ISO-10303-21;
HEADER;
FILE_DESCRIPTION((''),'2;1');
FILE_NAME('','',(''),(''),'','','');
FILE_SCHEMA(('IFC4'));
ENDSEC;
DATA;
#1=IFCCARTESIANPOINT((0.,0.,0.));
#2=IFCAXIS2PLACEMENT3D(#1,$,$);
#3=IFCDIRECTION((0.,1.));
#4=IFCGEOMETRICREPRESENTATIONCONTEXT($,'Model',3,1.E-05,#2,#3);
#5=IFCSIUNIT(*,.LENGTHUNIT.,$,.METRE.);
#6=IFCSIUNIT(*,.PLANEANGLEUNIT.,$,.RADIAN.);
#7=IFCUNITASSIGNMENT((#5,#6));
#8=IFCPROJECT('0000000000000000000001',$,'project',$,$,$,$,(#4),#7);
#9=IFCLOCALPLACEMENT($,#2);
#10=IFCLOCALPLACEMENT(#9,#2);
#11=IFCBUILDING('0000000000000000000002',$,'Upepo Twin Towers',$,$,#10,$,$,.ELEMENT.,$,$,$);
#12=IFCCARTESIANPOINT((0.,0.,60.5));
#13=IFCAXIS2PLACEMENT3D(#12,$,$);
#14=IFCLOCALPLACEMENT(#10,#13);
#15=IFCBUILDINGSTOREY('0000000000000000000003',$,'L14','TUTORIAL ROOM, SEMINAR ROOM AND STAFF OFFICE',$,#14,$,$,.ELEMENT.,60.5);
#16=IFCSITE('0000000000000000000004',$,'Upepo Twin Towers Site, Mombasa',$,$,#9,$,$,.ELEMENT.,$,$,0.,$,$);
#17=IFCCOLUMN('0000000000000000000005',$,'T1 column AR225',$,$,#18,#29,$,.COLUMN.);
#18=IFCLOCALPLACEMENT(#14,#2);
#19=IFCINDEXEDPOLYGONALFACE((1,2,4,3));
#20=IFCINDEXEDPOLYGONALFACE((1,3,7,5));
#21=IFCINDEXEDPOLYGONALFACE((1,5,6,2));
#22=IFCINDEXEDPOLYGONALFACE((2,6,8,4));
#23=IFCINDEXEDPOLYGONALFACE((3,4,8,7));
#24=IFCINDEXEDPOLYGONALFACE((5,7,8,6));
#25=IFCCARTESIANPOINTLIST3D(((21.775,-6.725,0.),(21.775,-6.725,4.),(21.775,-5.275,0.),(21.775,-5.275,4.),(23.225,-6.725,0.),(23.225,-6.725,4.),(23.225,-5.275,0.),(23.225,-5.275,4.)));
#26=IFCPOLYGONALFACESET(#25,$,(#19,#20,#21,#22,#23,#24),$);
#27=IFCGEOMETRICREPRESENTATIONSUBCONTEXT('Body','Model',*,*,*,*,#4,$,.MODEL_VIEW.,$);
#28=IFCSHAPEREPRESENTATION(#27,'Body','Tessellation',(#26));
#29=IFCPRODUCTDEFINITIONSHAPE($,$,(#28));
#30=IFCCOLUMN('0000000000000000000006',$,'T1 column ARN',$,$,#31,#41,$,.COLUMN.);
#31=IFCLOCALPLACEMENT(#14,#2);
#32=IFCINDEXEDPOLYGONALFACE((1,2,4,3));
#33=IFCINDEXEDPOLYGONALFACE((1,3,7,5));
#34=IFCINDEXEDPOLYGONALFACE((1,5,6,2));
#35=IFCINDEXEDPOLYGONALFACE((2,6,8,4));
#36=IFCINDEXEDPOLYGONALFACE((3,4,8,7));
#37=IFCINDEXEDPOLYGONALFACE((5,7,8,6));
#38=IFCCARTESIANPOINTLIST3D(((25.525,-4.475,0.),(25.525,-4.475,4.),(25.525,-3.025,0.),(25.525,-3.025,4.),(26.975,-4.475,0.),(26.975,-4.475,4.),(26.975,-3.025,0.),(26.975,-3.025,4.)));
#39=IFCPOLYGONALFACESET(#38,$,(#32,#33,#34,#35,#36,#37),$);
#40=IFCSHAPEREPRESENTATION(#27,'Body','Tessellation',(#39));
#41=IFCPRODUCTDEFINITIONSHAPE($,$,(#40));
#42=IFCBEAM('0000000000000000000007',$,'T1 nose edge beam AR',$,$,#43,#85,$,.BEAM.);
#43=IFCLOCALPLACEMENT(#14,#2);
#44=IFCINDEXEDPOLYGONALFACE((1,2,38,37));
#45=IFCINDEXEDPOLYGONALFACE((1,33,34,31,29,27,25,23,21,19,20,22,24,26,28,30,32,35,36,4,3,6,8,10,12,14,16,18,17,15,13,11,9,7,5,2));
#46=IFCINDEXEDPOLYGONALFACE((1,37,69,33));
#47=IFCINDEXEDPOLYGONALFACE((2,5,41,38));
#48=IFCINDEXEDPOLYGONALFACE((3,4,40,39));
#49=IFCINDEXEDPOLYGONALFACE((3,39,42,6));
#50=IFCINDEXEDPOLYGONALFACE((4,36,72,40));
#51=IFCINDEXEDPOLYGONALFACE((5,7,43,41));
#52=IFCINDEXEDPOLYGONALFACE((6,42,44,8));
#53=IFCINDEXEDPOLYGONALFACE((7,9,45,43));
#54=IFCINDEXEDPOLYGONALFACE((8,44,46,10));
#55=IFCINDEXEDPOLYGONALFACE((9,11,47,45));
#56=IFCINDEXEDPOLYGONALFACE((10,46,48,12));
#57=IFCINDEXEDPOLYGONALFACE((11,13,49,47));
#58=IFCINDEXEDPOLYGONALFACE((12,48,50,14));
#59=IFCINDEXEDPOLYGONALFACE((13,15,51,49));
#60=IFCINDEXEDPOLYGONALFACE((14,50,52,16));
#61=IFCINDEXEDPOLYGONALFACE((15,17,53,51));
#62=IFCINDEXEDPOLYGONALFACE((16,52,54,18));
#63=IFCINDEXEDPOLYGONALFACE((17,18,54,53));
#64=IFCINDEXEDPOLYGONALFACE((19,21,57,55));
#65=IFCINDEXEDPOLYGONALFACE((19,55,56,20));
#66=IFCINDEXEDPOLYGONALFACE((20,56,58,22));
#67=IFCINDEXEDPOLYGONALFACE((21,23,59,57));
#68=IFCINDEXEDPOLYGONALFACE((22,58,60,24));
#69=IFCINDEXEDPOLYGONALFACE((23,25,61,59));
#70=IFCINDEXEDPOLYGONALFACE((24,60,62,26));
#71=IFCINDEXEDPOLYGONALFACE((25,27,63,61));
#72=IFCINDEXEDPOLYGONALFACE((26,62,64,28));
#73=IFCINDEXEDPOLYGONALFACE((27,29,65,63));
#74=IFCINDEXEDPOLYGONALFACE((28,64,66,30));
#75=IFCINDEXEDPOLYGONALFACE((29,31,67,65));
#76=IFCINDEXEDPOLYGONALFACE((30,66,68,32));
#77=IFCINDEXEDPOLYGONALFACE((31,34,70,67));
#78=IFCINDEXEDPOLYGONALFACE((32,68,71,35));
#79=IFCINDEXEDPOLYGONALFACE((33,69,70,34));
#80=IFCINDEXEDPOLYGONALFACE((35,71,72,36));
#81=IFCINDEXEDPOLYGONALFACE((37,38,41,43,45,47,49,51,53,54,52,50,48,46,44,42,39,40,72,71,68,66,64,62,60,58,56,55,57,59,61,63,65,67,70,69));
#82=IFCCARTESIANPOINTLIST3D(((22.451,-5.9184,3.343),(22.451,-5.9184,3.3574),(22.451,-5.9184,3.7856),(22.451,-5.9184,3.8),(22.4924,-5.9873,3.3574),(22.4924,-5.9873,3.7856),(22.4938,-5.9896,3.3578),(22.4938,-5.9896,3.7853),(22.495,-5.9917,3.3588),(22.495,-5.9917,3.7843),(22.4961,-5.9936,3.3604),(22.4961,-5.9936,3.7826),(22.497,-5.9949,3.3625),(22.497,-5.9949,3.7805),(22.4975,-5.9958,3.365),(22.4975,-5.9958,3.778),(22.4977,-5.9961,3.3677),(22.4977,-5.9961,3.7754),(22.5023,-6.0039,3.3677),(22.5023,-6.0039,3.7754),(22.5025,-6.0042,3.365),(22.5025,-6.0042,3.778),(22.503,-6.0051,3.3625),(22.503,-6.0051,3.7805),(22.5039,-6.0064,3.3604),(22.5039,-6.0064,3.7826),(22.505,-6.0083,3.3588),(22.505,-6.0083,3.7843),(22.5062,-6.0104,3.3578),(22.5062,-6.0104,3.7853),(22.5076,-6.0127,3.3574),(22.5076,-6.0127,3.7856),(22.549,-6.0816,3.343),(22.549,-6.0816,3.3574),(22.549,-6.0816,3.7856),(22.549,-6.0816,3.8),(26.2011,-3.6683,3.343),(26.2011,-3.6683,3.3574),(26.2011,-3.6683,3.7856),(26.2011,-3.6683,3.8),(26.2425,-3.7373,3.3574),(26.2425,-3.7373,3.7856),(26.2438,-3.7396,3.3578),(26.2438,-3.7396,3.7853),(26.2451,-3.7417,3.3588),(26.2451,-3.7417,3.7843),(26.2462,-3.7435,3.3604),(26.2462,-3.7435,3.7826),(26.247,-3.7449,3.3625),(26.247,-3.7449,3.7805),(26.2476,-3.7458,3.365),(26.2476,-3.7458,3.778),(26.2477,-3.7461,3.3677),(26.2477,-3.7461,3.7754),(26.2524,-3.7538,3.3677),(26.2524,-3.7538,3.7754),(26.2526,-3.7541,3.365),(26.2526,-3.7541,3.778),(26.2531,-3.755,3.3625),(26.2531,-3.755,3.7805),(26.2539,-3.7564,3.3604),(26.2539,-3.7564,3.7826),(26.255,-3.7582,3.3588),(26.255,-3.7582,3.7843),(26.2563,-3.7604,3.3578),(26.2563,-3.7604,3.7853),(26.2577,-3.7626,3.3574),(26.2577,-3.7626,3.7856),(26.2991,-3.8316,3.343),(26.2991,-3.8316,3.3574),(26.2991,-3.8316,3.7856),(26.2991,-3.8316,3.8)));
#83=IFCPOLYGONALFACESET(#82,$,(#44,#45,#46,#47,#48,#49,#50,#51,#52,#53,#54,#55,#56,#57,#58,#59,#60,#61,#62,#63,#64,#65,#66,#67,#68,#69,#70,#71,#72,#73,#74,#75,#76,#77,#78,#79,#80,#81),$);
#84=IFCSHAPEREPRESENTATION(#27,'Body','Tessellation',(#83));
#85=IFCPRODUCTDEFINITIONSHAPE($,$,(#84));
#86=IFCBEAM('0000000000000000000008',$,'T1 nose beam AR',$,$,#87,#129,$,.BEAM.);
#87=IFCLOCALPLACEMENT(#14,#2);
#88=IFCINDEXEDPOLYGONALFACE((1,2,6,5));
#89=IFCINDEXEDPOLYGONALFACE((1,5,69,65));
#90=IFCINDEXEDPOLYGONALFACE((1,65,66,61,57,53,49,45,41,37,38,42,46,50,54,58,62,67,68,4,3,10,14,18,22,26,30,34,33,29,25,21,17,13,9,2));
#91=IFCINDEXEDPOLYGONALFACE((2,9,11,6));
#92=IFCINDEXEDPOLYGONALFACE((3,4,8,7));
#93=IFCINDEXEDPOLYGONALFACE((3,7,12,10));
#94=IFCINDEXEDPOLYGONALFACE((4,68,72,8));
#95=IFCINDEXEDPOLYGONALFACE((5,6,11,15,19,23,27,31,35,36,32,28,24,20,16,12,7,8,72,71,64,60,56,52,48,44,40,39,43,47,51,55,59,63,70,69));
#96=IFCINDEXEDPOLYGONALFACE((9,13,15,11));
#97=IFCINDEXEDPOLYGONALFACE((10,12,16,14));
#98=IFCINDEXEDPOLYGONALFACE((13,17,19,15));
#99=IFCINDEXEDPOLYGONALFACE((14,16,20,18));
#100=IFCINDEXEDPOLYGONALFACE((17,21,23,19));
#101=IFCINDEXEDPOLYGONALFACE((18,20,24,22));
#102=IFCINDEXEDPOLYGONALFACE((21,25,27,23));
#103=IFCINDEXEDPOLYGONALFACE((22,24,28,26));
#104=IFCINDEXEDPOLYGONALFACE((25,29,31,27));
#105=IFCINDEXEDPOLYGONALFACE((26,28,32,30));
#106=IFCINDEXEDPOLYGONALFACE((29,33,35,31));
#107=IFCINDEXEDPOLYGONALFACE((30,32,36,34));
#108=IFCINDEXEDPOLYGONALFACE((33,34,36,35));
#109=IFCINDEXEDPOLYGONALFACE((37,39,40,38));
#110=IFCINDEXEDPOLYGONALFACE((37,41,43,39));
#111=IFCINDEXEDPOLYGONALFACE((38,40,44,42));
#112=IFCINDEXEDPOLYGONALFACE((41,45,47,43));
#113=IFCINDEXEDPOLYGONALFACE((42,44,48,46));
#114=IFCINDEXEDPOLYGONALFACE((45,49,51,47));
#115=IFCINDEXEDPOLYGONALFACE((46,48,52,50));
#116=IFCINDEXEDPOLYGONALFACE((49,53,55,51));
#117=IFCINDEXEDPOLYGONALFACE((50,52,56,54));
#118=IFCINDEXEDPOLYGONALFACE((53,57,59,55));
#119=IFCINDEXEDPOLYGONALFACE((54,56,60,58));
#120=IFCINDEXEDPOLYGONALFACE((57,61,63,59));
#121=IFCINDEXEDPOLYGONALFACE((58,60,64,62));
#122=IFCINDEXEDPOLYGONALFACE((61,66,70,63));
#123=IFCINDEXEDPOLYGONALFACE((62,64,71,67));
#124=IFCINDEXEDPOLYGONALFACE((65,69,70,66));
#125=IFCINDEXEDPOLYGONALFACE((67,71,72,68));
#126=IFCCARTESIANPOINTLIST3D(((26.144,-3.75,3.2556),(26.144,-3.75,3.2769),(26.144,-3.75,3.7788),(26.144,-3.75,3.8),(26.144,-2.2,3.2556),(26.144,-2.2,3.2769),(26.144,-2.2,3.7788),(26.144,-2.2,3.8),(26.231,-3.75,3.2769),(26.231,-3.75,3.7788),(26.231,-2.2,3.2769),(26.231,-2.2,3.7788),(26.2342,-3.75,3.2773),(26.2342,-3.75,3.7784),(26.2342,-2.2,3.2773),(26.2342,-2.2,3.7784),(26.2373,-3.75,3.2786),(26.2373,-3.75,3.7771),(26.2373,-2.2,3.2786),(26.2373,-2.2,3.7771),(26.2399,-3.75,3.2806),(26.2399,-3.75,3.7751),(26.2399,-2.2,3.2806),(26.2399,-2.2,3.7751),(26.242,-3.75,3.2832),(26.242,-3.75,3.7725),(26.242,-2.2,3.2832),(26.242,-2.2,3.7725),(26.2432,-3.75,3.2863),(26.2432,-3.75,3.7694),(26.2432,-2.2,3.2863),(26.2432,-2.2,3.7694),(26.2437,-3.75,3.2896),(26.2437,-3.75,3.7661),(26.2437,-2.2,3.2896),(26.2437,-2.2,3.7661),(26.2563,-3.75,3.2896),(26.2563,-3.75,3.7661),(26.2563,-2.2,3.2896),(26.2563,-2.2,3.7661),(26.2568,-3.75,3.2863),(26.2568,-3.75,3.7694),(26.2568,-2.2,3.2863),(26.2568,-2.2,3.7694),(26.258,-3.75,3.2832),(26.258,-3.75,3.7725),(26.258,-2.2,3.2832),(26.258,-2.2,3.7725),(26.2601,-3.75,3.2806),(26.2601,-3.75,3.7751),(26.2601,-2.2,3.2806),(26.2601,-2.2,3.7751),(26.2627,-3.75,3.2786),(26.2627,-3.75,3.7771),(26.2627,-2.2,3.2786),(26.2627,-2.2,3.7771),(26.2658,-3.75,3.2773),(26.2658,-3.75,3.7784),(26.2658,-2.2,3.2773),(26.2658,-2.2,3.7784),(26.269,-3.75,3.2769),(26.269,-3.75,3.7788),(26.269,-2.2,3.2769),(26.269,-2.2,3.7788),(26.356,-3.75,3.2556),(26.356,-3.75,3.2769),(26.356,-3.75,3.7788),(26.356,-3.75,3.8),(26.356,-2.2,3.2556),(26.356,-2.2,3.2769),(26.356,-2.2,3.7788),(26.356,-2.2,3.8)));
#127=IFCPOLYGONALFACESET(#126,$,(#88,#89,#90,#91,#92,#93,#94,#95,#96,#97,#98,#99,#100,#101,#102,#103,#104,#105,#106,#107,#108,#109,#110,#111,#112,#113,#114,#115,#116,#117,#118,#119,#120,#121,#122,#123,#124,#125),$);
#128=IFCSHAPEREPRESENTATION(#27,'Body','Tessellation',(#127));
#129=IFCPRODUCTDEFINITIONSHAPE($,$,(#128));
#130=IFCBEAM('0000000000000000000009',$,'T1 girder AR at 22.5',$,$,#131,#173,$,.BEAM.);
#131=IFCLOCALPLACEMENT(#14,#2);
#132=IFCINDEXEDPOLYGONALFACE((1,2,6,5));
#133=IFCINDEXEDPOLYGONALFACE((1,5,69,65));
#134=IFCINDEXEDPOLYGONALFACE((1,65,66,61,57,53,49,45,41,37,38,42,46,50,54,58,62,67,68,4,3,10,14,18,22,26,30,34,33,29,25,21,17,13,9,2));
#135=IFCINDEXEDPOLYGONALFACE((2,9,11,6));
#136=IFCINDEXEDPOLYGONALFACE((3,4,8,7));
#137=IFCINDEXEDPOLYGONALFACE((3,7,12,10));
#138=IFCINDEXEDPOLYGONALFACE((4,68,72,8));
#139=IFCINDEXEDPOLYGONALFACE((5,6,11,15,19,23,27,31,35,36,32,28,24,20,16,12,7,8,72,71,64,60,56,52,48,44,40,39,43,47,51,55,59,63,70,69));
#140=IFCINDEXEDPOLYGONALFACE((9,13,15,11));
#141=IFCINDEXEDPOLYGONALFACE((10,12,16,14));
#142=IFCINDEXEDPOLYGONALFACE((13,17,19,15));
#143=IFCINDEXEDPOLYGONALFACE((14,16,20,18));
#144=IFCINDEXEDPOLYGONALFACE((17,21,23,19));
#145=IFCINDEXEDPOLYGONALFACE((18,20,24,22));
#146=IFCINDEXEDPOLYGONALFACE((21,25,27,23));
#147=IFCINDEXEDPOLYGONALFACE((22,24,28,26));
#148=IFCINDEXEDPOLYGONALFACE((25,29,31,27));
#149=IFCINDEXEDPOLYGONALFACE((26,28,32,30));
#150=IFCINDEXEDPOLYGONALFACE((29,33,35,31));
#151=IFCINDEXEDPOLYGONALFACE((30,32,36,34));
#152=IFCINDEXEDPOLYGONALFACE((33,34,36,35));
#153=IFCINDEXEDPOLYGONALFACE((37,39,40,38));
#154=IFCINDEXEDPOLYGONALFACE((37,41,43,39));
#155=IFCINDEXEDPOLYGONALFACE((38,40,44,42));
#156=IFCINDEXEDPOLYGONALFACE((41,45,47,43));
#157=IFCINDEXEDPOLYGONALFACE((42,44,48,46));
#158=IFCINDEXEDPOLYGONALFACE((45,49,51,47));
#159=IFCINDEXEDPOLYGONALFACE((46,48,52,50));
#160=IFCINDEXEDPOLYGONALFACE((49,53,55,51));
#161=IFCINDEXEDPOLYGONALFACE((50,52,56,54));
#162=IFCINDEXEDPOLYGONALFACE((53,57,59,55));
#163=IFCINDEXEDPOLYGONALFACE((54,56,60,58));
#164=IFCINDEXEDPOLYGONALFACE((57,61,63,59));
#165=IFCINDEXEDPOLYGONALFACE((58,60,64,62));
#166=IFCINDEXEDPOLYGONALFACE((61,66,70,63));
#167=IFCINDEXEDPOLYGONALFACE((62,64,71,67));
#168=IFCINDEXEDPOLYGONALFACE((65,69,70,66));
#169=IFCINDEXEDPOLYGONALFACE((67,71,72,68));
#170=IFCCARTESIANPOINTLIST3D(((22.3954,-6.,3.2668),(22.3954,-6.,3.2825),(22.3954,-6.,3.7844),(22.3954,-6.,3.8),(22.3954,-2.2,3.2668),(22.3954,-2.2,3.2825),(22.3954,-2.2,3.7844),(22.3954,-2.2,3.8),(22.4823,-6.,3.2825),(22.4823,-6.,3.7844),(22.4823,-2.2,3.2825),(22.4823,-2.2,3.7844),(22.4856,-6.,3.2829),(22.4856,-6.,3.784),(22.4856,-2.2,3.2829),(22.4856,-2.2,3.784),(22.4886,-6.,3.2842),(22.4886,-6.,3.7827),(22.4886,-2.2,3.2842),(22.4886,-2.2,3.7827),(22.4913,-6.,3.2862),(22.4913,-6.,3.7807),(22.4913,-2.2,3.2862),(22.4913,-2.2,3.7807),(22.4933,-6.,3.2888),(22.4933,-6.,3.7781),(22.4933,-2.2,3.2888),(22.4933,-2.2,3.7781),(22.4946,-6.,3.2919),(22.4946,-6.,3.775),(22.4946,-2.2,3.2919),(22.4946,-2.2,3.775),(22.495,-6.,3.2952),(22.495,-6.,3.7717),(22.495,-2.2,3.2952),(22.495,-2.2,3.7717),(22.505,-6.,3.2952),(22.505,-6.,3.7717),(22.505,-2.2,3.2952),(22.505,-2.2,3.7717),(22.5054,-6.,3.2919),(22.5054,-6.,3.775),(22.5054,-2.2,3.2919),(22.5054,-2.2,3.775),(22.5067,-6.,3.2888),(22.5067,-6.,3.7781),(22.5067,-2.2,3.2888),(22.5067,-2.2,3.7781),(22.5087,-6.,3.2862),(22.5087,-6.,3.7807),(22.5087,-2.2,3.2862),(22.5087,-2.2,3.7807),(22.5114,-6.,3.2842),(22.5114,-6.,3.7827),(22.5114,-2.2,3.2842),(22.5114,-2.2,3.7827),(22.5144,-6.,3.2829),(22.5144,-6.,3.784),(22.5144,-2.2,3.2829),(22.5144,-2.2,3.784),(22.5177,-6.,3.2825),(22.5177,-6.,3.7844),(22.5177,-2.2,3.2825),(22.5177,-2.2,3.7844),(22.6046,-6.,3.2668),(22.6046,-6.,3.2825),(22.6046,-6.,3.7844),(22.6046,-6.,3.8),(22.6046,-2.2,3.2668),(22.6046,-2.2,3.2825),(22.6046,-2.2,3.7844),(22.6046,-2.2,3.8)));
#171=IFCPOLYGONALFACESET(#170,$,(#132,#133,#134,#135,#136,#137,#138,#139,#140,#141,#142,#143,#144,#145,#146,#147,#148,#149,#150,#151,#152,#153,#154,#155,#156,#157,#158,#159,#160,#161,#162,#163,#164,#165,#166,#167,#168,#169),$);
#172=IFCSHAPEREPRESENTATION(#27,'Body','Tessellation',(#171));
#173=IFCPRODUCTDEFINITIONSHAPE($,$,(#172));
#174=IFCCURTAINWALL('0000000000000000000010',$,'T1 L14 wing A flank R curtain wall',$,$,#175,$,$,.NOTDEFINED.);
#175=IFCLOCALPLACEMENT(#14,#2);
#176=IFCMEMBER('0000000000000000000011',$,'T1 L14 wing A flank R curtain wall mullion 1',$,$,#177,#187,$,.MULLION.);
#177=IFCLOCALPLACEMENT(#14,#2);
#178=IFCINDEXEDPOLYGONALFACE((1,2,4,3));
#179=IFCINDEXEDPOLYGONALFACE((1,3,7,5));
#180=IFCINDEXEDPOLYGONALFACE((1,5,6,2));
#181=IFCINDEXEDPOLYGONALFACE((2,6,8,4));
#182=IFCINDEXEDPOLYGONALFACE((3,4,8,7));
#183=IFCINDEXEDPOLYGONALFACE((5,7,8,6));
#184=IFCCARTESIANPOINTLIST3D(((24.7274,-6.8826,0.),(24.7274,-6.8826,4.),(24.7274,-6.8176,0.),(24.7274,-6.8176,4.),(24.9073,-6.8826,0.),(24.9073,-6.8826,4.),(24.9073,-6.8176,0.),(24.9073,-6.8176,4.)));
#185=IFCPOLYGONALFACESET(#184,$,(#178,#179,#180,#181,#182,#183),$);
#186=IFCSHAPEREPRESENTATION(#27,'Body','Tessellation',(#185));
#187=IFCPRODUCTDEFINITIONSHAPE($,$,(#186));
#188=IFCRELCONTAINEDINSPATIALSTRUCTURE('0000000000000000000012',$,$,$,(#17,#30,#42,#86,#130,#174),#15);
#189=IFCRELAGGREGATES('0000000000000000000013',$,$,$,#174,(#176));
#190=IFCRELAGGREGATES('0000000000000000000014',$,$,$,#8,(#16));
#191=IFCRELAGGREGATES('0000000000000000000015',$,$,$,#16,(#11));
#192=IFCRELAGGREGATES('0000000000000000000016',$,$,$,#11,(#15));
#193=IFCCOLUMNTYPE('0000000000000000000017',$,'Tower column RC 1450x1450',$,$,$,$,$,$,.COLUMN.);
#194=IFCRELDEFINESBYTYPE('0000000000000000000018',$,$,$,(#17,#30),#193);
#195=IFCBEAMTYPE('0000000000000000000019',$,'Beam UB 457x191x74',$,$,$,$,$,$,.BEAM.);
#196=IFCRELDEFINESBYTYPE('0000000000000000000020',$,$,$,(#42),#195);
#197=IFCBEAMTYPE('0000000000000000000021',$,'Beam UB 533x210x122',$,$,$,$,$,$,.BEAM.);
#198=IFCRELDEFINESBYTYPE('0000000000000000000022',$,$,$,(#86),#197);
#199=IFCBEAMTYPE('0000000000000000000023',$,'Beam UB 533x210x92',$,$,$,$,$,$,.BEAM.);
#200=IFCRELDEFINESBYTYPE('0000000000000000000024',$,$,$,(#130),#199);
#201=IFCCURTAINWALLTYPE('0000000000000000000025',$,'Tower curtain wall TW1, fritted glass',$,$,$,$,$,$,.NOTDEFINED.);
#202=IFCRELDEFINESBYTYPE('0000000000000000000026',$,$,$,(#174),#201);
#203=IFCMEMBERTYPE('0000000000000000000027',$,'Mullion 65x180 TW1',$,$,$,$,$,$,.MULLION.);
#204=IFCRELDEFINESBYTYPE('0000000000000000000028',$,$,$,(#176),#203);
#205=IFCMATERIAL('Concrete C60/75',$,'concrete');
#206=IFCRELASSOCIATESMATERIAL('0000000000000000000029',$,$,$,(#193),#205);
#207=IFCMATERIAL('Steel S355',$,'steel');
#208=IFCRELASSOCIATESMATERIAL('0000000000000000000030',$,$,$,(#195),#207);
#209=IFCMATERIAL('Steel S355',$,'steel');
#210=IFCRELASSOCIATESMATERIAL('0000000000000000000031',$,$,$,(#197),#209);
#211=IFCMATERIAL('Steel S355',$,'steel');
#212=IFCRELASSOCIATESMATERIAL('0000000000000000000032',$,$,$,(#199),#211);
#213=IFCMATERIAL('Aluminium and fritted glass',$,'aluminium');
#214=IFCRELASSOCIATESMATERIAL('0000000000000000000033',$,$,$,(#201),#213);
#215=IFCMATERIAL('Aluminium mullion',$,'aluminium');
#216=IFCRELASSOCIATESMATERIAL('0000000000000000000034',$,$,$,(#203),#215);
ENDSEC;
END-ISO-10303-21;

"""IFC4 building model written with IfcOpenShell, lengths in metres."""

from ifc_helpers import new_model, si_unit, direction, frame, origin, origin_2d, place, context, subcontext, project, spatial, rectangle, i_section, extrude, material, material_profile, profile_set, type_object, element, aggregate, save


model = new_model("IFC4")

# Units and contexts
model_context = context("Model", 3, precision=1e-05, world=origin(), true_north=direction((0.0, 1.0)))
body_context = subcontext(model_context, "Body", "Model", "MODEL_VIEW")
ifc_project = project(units=[si_unit("LENGTHUNIT", "METRE"), si_unit("PLANEANGLEUNIT", "RADIAN")], contexts=[model_context])

# Site, building, storey
site_placement = place(None, origin())
site = spatial("IfcSite", under=ifc_project, at=site_placement, Name="Upepo Twin Towers Site, Mombasa", CompositionType="ELEMENT", RefElevation=0.0)
building_placement = place(site_placement, origin())
building = spatial("IfcBuilding", under=site, at=building_placement, Name="Upepo Twin Towers", CompositionType="ELEMENT")
storey_placement = place(building_placement, frame((0.0, 0.0, 60.5)))
storey = spatial("IfcBuildingStorey", under=building, at=storey_placement, Name="L14", Description="TUTORIAL ROOM, SEMINAR ROOM AND STAFF OFFICE", CompositionType="ELEMENT", Elevation=60.5)

# Columns
ifc_material_1 = material(Name="Concrete C60/75", Category="concrete")
ifc_material_profile_1 = material_profile(ifc_material_1, rectangle(XDim=1.45, YDim=1.45, at=origin_2d()), Name="RC 1450x1450")
ifc_profile_set_1 = profile_set([ifc_material_profile_1], Name="Concrete C60/75")
column_type = type_object("IfcColumnType", Name="Tower column RC 1450x1450", PredefinedType="COLUMN", material=ifc_profile_set_1)
for number, where, z_axis, x_axis, name in (
    (1, (22.5, -6.0, 0.0), (0.0, 0.0, 1.0), (1.0, 0.0, 0.0), "T1 column AR225"),
    (2, (26.25, -3.75, 0.0), (0.0, 0.0, 1.0), (1.0, 0.0, 0.0), "T1 column ARN"),
):
    element("IfcColumn", number, at=place(storey_placement, frame(where, z_axis=z_axis, x_axis=x_axis)), inside=storey, type_object=column_type, Name=name, PredefinedType="COLUMN", context=body_context, shape_type="SweptSolid", body=[
        extrude(rectangle(XDim=1.45, YDim=1.45, at=origin_2d()), origin(), (0.0, 0.0, 1.0), 4.0),
    ])

# Beams
ifc_material_2 = material(Name="Steel S355", Category="steel")
ifc_material_profile_2 = material_profile(ifc_material_2, i_section(OverallWidth=0.1904, OverallDepth=0.457, WebThickness=0.009, FlangeThickness=0.0144, FilletRadius=0.0103, at=origin_2d()), Name="UB 457x191x74")
ifc_profile_set_2 = profile_set([ifc_material_profile_2], Name="Steel S355")
beam_type_1 = type_object("IfcBeamType", Name="Beam UB 457x191x74", PredefinedType="BEAM", material=ifc_profile_set_2)
beam_1_placement = place(storey_placement, frame((22.5, -6.0, 3.5715), z_axis=(0.857493, 0.514496, 0.0), x_axis=(-0.514496, 0.857493, 0.0)))
element("IfcBeam", 3, at=beam_1_placement, inside=storey, type_object=beam_type_1, Name="T1 nose edge beam AR", PredefinedType="BEAM", context=body_context, shape_type="SweptSolid", body=[
    extrude(i_section(OverallWidth=0.1904, OverallDepth=0.457, WebThickness=0.009, FlangeThickness=0.0144, FilletRadius=0.0103, at=origin_2d()), origin(), (0.0, 0.0, 1.0), 4.3733),
])
ifc_material_3 = material(Name="Steel S355", Category="steel")
ifc_material_profile_3 = material_profile(ifc_material_3, i_section(OverallWidth=0.2119, OverallDepth=0.5444, WebThickness=0.0127, FlangeThickness=0.0212, FilletRadius=0.0127, at=origin_2d()), Name="UB 533x210x122")
ifc_profile_set_3 = profile_set([ifc_material_profile_3], Name="Steel S355")
beam_type_2 = type_object("IfcBeamType", Name="Beam UB 533x210x122", PredefinedType="BEAM", material=ifc_profile_set_3)
beam_2_placement = place(storey_placement, frame((26.25, -3.75, 3.5278), z_axis=(0.0, 1.0, 0.0), x_axis=(-1.0, 0.0, 0.0)))
element("IfcBeam", 4, at=beam_2_placement, inside=storey, type_object=beam_type_2, Name="T1 nose beam AR", PredefinedType="BEAM", context=body_context, shape_type="SweptSolid", body=[
    extrude(i_section(OverallWidth=0.2119, OverallDepth=0.5444, WebThickness=0.0127, FlangeThickness=0.0212, FilletRadius=0.0127, at=origin_2d()), origin(), (0.0, 0.0, 1.0), 1.55),
])
ifc_material_4 = material(Name="Steel S355", Category="steel")
ifc_material_profile_4 = material_profile(ifc_material_4, i_section(OverallWidth=0.2092, OverallDepth=0.5332, WebThickness=0.01, FlangeThickness=0.0156, FilletRadius=0.0127, at=origin_2d()), Name="UB 533x210x92")
ifc_profile_set_4 = profile_set([ifc_material_profile_4], Name="Steel S355")
beam_type_3 = type_object("IfcBeamType", Name="Beam UB 533x210x92", PredefinedType="BEAM", material=ifc_profile_set_4)
beam_3_placement = place(storey_placement, frame((22.5, -6.0, 3.5334), z_axis=(0.0, 1.0, 0.0), x_axis=(-1.0, 0.0, 0.0)))
element("IfcBeam", 5, at=beam_3_placement, inside=storey, type_object=beam_type_3, Name="T1 girder AR at 22.5", PredefinedType="BEAM", context=body_context, shape_type="SweptSolid", body=[
    extrude(i_section(OverallWidth=0.2092, OverallDepth=0.5332, WebThickness=0.01, FlangeThickness=0.0156, FilletRadius=0.0127, at=origin_2d()), origin(), (0.0, 0.0, 1.0), 3.8),
])

# Curtain wall, member
ifc_material_5 = material(Name="Aluminium and fritted glass", Category="aluminium")
curtain_wall_type = type_object("IfcCurtainWallType", Name="Tower curtain wall TW1, fritted glass", PredefinedType="NOTDEFINED", material=ifc_material_5)
curtain_wall_1_placement = place(storey_placement, origin())
curtain_wall_1 = element("IfcCurtainWall", 6, at=curtain_wall_1_placement, inside=storey, type_object=curtain_wall_type, Name="T1 L14 wing A flank R curtain wall", PredefinedType="NOTDEFINED")
ifc_material_6 = material(Name="Aluminium mullion", Category="aluminium")
ifc_material_profile_5 = material_profile(ifc_material_6, rectangle(XDim=0.0649, YDim=0.1799, at=origin_2d()), Name="MULLION 65x180")
ifc_profile_set_5 = profile_set([ifc_material_profile_5], Name="Aluminium mullion")
member_type_1 = type_object("IfcMemberType", Name="Mullion 65x180 TW1", PredefinedType="MULLION", material=ifc_profile_set_5)
member_1_placement = place(storey_placement, frame((24.8174, -6.8501, 0.0), z_axis=(0.0, 0.0, 1.0), x_axis=(0.0, -1.0, 0.0)))
member_1 = element("IfcMember", 7, at=member_1_placement, type_object=member_type_1, Name="T1 L14 wing A flank R curtain wall mullion 1", PredefinedType="MULLION", context=body_context, shape_type="SweptSolid", body=[
    extrude(rectangle(XDim=0.0649, YDim=0.1799, at=origin_2d()), origin(), (0.0, 0.0, 1.0), 4.0),
])

aggregate(curtain_wall_1, [member_1])

save(model, "model.ifc")
